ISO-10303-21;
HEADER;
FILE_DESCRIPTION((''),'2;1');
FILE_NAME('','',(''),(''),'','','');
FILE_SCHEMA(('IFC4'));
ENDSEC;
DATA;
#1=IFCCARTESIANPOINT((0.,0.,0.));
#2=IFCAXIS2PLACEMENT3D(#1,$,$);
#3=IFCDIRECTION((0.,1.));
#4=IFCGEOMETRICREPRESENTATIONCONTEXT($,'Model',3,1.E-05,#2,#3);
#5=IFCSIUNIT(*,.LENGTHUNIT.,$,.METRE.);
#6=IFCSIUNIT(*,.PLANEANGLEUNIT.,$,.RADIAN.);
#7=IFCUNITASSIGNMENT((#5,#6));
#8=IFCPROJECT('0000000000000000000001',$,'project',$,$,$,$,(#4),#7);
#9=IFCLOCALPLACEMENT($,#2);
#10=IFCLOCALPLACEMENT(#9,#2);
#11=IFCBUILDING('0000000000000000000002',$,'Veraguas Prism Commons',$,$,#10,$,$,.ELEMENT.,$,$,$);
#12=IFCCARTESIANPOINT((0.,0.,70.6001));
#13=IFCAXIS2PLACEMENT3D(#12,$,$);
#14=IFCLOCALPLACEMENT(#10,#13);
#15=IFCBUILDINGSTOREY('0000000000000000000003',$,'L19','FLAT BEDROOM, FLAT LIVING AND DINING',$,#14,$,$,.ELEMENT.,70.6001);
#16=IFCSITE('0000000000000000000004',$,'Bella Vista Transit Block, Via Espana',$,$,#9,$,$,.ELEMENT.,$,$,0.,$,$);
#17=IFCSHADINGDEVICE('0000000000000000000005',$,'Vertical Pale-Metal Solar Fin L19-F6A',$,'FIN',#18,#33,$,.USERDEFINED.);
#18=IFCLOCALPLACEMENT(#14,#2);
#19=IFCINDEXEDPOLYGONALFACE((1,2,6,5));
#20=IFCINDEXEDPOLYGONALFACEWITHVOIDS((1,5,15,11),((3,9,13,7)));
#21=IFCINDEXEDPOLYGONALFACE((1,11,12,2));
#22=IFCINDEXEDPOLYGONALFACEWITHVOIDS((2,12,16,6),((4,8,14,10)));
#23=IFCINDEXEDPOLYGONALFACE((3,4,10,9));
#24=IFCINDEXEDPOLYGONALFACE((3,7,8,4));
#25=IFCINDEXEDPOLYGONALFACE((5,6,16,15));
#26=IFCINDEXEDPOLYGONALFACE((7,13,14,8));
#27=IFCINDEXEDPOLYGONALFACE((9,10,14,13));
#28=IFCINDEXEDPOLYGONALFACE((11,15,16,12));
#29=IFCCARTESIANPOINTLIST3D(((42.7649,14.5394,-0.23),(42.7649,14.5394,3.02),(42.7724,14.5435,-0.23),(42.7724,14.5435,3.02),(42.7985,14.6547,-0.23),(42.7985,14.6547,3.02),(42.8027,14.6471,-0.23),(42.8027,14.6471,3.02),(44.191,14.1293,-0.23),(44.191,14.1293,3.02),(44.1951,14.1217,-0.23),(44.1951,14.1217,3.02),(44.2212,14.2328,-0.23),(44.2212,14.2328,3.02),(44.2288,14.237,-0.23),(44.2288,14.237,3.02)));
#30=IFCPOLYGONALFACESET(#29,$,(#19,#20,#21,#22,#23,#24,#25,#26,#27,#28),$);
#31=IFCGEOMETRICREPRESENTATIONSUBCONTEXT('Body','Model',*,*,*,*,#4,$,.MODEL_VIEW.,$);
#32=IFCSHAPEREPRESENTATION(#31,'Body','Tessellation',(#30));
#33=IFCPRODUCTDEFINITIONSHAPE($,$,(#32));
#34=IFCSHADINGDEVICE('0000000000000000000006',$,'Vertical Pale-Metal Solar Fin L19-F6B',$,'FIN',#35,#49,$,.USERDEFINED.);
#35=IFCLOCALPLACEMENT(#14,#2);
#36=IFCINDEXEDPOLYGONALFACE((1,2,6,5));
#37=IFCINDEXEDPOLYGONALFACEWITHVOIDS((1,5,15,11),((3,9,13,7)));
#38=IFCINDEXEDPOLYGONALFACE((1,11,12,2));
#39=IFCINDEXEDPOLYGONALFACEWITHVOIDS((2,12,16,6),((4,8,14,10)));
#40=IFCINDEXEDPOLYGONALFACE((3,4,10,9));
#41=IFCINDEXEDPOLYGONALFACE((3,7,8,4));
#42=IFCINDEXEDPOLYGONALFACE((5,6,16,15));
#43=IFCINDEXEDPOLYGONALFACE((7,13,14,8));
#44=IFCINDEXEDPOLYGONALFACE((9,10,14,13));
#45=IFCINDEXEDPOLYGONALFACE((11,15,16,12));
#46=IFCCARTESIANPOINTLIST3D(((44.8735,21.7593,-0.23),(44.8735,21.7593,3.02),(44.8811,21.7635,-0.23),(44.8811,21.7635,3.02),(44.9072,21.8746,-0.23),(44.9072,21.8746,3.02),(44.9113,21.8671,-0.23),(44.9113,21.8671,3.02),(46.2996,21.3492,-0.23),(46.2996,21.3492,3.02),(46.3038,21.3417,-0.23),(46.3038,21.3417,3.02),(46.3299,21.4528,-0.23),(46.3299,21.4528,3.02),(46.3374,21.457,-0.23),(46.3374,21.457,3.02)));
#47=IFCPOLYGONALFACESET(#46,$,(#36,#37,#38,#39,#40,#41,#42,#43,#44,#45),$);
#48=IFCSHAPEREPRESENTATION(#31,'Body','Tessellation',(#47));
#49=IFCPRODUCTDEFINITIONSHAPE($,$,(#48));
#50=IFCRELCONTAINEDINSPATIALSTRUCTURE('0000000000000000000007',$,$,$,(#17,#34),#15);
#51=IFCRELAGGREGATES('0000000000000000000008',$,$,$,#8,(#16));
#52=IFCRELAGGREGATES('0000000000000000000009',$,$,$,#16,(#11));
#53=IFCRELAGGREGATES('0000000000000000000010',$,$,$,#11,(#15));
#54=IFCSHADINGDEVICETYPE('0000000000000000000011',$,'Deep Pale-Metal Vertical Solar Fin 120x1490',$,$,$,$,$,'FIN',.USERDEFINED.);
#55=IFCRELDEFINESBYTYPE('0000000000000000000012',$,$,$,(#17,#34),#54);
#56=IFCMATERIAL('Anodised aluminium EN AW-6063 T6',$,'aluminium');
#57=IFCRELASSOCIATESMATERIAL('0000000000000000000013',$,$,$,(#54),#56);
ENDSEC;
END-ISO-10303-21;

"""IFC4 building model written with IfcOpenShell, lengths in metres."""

from ifc_helpers import new_model, si_unit, direction, frame, origin, origin_2d, place, context, subcontext, project, spatial, hollow_rectangle, extrude, material, material_profile, profile_set, type_object, element, save


model = new_model("IFC4")

# Units and contexts
model_context = context("Model", 3, precision=1e-05, world=origin(), true_north=direction((0.0, 1.0)))
body_context = subcontext(model_context, "Body", "Model", "MODEL_VIEW")
ifc_project = project(units=[si_unit("LENGTHUNIT", "METRE"), si_unit("PLANEANGLEUNIT", "RADIAN")], contexts=[model_context])

# Site, building, storey
site_placement = place(None, origin())
site = spatial("IfcSite", under=ifc_project, at=site_placement, Name="Bella Vista Transit Block, Via Espana", CompositionType="ELEMENT", RefElevation=0.0)
building_placement = place(site_placement, origin())
building = spatial("IfcBuilding", under=site, at=building_placement, Name="Veraguas Prism Commons", CompositionType="ELEMENT")
storey_placement = place(building_placement, frame((0.0, 0.0, 70.6001)))
storey = spatial("IfcBuildingStorey", under=building, at=storey_placement, Name="L19", Description="FLAT BEDROOM, FLAT LIVING AND DINING", CompositionType="ELEMENT", Elevation=70.6001)

# Shared definitions
ifc_material_1 = material(Name="Anodised aluminium EN AW-6063 T6", Category="aluminium")

# Shading devices
ifc_material_profile_1 = material_profile(ifc_material_1, hollow_rectangle(XDim=0.1201, YDim=1.49, WallThickness=0.0061, at=origin_2d()), Name="FIN120X1490X6")
ifc_profile_set_1 = profile_set([ifc_material_profile_1], Name="Anodised aluminium EN AW-6063 T6")
shading_device_type = type_object("IfcShadingDeviceType", Name="Deep Pale-Metal Vertical Solar Fin 120x1490", ElementType="FIN", PredefinedType="USERDEFINED", material=ifc_profile_set_1)
for number, where, z_axis, x_axis, name in (
    (1, (43.4968, 14.3882, -0.23), (0.0, 0.0, 1.0), (0.28033, 0.959904, 0.0), "Vertical Pale-Metal Solar Fin L19-F6A"),
    (2, (45.6055, 21.6082, -0.23), (0.0, 0.0, 1.0), (0.28033, 0.959904, 0.0), "Vertical Pale-Metal Solar Fin L19-F6B"),
):
    element("IfcShadingDevice", number, at=place(storey_placement, frame(where, z_axis=z_axis, x_axis=x_axis)), inside=storey, type_object=shading_device_type, Name=name, ObjectType="FIN", PredefinedType="USERDEFINED", context=body_context, shape_type="SweptSolid", body=[
        extrude(hollow_rectangle(XDim=0.1201, YDim=1.49, WallThickness=0.0061, at=origin_2d()), origin(), (0.0, 0.0, 1.0), 3.25),
    ])

save(model, "model.ifc")
